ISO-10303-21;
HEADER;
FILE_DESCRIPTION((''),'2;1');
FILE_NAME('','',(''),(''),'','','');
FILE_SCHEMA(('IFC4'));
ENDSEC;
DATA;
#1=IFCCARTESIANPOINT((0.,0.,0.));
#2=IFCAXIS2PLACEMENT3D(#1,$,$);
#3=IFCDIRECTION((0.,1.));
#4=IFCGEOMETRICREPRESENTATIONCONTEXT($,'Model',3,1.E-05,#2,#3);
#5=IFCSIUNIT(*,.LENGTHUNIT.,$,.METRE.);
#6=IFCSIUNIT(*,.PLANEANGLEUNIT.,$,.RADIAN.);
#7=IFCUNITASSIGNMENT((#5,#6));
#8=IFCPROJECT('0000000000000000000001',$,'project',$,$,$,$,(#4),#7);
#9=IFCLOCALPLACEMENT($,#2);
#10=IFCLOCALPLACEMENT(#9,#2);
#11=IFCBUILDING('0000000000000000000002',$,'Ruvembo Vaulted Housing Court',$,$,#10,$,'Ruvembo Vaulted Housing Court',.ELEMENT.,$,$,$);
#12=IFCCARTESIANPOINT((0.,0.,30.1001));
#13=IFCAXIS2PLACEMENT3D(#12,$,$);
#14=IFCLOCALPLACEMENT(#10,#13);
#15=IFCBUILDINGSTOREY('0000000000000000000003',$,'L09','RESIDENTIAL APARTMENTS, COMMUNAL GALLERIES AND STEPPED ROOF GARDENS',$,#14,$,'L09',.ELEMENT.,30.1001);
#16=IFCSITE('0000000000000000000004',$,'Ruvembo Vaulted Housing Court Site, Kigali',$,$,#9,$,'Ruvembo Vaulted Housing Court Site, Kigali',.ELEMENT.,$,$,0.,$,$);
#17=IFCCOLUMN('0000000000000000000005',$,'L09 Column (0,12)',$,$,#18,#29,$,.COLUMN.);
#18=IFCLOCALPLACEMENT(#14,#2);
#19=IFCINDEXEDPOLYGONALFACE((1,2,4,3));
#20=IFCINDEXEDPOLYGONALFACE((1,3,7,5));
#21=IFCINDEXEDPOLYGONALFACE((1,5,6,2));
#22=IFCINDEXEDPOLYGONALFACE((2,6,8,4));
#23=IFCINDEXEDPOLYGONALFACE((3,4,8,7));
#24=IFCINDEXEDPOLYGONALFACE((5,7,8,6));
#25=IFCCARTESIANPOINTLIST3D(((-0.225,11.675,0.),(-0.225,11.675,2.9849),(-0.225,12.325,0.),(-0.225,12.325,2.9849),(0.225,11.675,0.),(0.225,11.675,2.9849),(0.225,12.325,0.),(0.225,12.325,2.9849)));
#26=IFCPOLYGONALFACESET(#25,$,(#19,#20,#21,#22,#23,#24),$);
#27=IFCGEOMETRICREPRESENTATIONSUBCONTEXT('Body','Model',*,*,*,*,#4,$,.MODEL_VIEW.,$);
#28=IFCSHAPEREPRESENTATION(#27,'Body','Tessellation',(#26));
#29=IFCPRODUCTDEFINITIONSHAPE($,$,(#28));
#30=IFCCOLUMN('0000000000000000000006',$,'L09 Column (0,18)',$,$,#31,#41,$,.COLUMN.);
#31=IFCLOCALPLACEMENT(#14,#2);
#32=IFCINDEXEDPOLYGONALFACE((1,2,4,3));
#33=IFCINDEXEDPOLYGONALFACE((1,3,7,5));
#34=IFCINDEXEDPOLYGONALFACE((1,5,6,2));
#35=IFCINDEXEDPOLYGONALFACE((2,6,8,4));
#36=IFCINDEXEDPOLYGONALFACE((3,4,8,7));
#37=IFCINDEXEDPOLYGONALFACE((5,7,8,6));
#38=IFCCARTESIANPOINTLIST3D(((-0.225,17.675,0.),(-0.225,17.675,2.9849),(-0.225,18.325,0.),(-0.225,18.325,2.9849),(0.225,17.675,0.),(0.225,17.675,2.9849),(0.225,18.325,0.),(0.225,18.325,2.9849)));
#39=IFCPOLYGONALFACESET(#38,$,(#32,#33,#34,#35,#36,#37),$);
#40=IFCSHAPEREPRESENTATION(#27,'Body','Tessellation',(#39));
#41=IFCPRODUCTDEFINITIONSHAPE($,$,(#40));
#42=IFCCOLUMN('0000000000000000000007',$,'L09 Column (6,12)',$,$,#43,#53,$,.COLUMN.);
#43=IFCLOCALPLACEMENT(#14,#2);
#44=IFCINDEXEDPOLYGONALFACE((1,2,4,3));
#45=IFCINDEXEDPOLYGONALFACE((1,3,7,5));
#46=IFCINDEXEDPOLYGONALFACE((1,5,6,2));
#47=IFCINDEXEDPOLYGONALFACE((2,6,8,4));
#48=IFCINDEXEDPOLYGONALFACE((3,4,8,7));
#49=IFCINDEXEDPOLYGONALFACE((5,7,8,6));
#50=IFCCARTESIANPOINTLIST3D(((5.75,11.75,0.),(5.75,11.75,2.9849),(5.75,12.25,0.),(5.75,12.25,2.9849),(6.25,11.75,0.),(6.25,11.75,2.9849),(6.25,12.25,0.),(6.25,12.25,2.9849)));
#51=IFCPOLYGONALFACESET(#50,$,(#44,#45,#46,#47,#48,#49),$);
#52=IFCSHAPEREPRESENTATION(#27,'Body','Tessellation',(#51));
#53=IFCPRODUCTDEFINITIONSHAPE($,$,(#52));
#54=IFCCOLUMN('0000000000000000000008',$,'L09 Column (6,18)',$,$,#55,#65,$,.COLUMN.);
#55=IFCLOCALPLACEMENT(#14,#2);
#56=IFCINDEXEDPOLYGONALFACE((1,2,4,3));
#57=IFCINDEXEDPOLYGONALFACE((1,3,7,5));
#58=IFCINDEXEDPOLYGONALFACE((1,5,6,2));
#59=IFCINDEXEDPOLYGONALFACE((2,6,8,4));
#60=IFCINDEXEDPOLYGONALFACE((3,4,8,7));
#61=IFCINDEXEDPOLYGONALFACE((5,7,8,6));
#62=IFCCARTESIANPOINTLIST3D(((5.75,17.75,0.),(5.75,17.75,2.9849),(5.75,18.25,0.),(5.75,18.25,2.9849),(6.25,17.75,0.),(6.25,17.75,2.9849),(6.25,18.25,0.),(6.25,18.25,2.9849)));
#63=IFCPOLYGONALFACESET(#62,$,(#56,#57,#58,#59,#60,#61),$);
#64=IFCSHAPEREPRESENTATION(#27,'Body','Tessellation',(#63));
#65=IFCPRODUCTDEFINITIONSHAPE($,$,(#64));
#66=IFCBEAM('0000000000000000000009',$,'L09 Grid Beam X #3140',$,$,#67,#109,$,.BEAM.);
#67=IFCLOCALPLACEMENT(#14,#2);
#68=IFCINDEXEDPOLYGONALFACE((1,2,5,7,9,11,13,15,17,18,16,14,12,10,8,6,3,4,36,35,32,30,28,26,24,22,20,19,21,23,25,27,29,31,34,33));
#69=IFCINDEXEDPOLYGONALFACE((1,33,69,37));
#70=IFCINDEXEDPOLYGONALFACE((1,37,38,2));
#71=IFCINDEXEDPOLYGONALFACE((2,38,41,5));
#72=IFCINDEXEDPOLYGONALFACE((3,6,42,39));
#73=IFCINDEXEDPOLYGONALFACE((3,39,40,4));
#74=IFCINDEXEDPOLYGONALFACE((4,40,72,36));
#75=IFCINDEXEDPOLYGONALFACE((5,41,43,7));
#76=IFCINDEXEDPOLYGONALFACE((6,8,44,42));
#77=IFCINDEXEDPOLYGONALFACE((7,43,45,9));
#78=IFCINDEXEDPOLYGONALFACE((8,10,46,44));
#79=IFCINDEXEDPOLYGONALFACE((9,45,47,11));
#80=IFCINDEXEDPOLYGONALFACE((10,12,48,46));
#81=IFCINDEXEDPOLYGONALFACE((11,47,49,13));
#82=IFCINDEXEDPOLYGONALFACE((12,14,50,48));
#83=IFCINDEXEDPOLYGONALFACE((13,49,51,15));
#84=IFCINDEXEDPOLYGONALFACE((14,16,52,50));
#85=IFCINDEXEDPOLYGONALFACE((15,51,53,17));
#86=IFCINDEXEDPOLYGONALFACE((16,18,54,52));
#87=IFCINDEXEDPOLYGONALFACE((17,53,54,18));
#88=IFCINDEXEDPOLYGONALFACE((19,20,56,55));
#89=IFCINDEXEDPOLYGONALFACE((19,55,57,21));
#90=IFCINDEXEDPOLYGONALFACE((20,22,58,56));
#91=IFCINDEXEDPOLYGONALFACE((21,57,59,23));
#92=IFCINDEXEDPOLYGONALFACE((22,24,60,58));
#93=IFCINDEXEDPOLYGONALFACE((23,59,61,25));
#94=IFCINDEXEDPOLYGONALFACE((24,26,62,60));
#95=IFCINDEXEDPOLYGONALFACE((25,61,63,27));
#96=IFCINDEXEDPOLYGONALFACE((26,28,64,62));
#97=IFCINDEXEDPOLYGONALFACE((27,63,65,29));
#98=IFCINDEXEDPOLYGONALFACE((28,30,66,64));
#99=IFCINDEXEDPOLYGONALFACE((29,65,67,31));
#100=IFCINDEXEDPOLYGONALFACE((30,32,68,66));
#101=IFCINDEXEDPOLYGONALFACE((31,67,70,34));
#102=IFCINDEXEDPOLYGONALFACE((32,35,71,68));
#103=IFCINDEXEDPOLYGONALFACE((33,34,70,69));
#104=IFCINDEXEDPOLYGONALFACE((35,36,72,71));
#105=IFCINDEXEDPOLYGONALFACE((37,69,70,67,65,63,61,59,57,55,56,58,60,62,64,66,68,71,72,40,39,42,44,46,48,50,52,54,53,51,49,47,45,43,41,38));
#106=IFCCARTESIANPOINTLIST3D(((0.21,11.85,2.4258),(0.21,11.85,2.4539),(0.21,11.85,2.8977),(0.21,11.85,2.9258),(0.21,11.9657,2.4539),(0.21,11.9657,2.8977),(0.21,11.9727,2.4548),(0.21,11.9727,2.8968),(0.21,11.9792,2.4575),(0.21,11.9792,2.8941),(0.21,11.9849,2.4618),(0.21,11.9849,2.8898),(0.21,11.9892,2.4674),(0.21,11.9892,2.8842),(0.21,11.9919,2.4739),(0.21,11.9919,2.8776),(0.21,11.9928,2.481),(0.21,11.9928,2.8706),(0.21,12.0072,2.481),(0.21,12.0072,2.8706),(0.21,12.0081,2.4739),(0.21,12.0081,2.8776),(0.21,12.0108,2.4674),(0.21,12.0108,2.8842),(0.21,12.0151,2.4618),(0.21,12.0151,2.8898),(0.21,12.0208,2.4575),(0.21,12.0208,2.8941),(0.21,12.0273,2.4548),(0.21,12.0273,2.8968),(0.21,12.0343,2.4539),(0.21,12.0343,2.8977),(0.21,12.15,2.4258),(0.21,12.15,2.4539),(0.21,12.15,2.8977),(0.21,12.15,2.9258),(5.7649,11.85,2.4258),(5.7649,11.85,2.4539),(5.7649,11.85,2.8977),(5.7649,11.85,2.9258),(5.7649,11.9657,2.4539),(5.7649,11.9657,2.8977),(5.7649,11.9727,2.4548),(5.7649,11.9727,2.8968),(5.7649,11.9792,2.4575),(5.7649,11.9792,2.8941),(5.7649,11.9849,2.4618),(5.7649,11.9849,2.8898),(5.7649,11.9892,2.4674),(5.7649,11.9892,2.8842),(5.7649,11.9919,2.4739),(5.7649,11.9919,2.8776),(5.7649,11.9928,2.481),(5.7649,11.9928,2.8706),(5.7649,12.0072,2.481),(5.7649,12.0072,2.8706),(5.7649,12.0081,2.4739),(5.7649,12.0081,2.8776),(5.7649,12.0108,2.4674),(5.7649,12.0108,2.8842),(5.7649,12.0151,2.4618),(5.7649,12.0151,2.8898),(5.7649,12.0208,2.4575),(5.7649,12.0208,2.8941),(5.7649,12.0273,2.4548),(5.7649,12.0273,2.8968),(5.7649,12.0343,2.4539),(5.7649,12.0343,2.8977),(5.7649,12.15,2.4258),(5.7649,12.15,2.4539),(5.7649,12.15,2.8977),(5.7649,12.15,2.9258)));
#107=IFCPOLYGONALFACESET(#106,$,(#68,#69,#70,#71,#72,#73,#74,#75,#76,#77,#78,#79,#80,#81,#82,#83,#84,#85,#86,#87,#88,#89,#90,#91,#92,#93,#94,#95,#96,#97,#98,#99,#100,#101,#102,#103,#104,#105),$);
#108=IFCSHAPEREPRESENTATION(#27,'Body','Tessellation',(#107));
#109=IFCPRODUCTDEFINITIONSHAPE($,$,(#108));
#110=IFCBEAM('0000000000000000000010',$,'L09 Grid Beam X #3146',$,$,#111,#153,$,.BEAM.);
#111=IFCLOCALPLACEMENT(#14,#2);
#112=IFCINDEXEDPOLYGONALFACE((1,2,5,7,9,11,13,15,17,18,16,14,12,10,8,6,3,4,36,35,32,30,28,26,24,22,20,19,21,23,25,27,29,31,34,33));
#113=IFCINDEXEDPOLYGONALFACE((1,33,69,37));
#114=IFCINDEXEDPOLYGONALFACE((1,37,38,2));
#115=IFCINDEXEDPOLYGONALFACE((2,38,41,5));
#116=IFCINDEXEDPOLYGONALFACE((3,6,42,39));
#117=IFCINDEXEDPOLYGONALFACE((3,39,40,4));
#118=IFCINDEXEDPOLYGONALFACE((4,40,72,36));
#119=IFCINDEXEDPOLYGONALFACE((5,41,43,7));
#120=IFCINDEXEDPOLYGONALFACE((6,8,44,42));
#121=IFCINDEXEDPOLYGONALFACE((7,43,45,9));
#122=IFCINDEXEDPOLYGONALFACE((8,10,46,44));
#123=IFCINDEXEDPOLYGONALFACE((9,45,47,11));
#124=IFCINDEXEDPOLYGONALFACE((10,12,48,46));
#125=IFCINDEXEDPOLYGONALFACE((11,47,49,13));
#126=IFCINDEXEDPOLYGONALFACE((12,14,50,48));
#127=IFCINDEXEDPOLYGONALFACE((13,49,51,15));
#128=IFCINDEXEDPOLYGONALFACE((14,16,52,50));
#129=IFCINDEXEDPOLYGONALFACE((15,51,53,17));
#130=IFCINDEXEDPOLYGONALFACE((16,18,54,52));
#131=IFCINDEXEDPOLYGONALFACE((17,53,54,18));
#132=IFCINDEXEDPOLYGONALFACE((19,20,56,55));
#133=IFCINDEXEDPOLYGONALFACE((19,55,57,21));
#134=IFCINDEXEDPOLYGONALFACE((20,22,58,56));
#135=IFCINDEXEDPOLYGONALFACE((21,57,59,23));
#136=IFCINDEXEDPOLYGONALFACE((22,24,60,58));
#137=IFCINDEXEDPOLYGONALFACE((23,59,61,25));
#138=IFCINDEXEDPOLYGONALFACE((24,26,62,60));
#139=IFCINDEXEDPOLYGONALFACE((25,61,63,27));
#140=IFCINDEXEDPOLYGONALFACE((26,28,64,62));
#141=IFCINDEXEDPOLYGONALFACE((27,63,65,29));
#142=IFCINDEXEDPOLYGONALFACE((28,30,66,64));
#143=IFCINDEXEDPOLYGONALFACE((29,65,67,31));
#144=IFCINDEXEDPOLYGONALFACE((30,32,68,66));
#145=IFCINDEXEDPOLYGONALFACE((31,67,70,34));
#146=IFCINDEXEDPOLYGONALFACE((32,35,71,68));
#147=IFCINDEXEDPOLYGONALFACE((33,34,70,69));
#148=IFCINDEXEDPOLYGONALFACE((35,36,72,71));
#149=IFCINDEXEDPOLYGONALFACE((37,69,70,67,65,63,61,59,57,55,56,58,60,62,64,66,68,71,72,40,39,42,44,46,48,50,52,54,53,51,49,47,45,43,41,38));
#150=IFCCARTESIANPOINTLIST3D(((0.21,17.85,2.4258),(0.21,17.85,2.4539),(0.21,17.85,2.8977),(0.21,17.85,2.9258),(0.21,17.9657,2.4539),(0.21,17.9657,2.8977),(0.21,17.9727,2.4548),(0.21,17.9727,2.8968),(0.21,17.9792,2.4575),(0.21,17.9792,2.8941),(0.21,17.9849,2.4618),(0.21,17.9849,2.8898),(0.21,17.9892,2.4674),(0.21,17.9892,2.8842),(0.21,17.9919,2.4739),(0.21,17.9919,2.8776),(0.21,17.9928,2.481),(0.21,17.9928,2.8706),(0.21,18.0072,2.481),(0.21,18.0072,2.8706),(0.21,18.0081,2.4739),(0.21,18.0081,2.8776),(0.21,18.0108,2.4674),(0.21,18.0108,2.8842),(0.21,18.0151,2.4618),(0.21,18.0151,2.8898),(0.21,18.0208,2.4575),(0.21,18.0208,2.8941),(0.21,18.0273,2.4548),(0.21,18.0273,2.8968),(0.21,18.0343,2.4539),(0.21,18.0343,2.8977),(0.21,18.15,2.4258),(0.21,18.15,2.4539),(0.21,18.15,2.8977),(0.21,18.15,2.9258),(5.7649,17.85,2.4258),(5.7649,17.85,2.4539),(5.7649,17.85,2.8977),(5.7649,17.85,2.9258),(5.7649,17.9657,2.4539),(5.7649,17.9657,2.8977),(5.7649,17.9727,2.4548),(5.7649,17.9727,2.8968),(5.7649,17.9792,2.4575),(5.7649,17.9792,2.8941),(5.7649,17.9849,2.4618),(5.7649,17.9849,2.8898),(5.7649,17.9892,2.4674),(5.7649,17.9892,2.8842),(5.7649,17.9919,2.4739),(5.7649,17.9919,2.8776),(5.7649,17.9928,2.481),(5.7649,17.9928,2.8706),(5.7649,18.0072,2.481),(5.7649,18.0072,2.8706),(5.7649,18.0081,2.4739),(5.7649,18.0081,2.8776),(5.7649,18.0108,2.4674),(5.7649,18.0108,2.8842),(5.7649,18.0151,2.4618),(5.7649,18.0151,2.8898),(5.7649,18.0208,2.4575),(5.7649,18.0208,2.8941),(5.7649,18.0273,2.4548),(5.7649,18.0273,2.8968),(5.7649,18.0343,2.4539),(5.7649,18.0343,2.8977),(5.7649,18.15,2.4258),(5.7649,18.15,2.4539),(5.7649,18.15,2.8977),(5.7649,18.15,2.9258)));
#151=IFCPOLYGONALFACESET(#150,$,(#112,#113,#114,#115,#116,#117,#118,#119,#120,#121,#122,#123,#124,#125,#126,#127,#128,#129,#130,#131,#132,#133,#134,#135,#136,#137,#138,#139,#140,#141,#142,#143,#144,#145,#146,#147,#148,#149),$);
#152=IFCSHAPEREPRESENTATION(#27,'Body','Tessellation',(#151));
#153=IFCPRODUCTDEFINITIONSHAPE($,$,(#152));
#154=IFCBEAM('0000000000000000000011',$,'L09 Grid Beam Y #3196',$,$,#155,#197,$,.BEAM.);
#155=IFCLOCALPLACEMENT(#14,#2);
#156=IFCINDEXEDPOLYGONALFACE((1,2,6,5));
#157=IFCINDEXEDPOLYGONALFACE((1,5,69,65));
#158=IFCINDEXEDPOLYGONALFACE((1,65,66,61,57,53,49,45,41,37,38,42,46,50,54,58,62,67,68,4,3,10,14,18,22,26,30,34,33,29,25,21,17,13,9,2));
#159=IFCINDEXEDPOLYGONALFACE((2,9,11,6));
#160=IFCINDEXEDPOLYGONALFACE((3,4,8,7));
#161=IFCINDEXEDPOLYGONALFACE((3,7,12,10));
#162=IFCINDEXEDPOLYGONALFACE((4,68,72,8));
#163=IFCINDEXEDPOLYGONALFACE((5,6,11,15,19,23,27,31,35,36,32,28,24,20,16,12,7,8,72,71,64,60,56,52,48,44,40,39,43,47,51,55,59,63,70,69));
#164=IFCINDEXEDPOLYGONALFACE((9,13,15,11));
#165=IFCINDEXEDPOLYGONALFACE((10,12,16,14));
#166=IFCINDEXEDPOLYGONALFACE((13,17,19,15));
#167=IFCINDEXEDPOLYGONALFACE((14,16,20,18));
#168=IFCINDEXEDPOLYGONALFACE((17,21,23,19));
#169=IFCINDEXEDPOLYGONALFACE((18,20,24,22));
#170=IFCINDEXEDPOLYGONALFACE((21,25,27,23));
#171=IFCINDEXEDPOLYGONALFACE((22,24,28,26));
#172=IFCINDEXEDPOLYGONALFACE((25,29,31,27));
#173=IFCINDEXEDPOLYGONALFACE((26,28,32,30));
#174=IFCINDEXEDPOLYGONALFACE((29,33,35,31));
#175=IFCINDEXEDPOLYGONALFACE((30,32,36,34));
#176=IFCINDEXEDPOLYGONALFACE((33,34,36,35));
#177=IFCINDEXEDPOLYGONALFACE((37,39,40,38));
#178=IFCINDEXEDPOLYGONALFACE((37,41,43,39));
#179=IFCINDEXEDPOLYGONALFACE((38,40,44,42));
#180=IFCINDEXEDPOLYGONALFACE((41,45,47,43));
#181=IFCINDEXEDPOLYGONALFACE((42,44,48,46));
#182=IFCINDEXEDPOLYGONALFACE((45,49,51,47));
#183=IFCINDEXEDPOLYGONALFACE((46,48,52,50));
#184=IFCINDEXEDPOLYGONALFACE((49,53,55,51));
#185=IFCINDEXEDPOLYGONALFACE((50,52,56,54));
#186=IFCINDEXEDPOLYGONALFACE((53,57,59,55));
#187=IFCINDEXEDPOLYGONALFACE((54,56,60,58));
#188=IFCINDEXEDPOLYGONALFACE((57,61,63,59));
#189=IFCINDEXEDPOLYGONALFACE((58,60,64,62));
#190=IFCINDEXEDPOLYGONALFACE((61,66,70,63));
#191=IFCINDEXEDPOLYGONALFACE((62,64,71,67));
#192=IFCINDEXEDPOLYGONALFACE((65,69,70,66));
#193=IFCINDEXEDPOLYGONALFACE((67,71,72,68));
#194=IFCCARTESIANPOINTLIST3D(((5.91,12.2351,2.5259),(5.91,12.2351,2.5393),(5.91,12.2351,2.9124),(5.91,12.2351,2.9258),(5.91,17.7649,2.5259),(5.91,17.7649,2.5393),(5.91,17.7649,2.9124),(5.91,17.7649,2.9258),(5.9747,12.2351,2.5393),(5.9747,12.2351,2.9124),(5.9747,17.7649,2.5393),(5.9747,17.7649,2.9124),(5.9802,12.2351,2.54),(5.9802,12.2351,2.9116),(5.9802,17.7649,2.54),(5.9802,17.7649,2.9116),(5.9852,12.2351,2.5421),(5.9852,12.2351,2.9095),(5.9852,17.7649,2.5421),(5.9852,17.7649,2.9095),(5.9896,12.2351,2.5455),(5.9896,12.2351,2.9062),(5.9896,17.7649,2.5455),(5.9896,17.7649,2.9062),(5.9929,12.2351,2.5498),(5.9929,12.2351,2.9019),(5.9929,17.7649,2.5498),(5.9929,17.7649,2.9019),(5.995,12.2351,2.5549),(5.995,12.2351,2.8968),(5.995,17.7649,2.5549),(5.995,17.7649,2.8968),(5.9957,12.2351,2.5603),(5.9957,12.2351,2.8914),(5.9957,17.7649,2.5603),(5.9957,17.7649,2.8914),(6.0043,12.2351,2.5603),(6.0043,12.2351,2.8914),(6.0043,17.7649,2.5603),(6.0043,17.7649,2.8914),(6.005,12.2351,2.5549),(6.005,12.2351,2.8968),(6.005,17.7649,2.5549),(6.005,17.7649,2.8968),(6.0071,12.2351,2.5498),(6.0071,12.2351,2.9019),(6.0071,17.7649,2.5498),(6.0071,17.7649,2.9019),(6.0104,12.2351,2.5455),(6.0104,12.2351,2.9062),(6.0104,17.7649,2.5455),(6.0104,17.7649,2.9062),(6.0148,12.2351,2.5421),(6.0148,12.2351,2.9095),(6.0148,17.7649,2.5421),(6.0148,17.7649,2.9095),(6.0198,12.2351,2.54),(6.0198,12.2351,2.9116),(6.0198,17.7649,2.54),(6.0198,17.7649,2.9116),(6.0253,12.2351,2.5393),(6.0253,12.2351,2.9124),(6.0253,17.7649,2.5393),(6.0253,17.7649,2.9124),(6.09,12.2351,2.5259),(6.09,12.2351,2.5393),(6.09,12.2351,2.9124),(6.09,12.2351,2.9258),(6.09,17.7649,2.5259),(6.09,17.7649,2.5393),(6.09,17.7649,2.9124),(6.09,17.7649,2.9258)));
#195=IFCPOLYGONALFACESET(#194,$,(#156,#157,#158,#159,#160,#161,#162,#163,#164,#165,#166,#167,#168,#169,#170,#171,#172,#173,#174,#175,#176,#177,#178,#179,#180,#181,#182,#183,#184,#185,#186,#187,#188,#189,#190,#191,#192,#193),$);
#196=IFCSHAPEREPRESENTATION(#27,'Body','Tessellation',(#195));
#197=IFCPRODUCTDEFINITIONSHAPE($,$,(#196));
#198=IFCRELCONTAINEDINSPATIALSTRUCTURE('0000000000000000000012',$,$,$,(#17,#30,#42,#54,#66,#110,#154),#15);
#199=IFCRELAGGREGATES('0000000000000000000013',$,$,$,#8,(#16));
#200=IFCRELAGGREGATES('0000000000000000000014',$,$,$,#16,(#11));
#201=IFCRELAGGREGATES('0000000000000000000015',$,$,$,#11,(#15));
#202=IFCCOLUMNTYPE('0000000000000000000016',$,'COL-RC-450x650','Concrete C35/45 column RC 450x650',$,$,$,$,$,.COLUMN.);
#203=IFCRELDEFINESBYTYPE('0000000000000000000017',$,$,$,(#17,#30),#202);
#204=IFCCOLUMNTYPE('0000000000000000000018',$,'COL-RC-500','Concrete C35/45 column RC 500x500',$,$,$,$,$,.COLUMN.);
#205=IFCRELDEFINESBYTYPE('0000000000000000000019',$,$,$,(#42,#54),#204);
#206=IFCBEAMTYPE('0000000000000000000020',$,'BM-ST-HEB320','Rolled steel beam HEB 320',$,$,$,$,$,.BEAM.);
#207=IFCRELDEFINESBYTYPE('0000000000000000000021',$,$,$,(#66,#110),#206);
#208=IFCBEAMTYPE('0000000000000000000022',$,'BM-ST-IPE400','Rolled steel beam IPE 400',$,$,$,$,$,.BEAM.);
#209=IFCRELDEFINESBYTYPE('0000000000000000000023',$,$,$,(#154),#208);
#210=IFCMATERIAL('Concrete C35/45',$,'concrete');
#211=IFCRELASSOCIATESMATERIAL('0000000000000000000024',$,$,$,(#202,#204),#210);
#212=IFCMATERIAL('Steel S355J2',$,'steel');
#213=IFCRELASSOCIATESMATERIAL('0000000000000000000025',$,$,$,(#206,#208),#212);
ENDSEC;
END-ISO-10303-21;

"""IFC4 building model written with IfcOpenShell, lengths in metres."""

from ifc_helpers import new_model, si_unit, direction, frame, origin, origin_2d, place, context, subcontext, project, spatial, rectangle, i_section, extrude, material, material_profile, profile_set, type_object, element, save


model = new_model("IFC4")

# Units and contexts
model_context = context("Model", 3, precision=1e-05, world=origin(), true_north=direction((0.0, 1.0)))
body_context = subcontext(model_context, "Body", "Model", "MODEL_VIEW")
ifc_project = project(units=[si_unit("LENGTHUNIT", "METRE"), si_unit("PLANEANGLEUNIT", "RADIAN")], contexts=[model_context])

# Site, building, storey
site_placement = place(None, origin())
site = spatial("IfcSite", under=ifc_project, at=site_placement, Name="Ruvembo Vaulted Housing Court Site, Kigali", LongName="Ruvembo Vaulted Housing Court Site, Kigali", CompositionType="ELEMENT", RefElevation=0.0)
building_placement = place(site_placement, origin())
building = spatial("IfcBuilding", under=site, at=building_placement, Name="Ruvembo Vaulted Housing Court", LongName="Ruvembo Vaulted Housing Court", CompositionType="ELEMENT")
storey_placement = place(building_placement, frame((0.0, 0.0, 30.1001)))
storey = spatial("IfcBuildingStorey", under=building, at=storey_placement, Name="L09", Description="RESIDENTIAL APARTMENTS, COMMUNAL GALLERIES AND STEPPED ROOF GARDENS", LongName="L09", CompositionType="ELEMENT", Elevation=30.1001)

# Columns
ifc_material_1 = material(Name="Concrete C35/45", Category="concrete")
ifc_material_profile_1 = material_profile(ifc_material_1, rectangle(XDim=0.45, YDim=0.6499, at=origin_2d()), Name="RC 450x650")
ifc_profile_set_1 = profile_set([ifc_material_profile_1], Name="Concrete C35/45")
column_type_1 = type_object("IfcColumnType", Name="COL-RC-450x650", Description="Concrete C35/45 column RC 450x650", PredefinedType="COLUMN", material=ifc_profile_set_1)
for number, where, z_axis, x_axis, name in (
    (1, (0.0, 12.0, 0.0), (0.0, 0.0, 1.0), (1.0, 0.0, 0.0), "L09 Column (0,12)"),
    (2, (0.0, 18.0, 0.0), (0.0, 0.0, 1.0), (1.0, 0.0, 0.0), "L09 Column (0,18)"),
):
    element("IfcColumn", number, at=place(storey_placement, frame(where, z_axis=z_axis, x_axis=x_axis)), inside=storey, type_object=column_type_1, Name=name, PredefinedType="COLUMN", context=body_context, shape_type="SweptSolid", body=[
        extrude(rectangle(XDim=0.45, YDim=0.6499, at=origin_2d()), origin(), (0.0, 0.0, 1.0), 2.9849),
    ])
ifc_material_profile_2 = material_profile(ifc_material_1, rectangle(XDim=0.5, YDim=0.5, at=origin_2d()), Name="RC 500x500")
ifc_profile_set_2 = profile_set([ifc_material_profile_2], Name="Concrete C35/45")
column_type_2 = type_object("IfcColumnType", Name="COL-RC-500", Description="Concrete C35/45 column RC 500x500", PredefinedType="COLUMN", material=ifc_profile_set_2)
for number, where, z_axis, x_axis, name in (
    (3, (6.0, 12.0, 0.0), (0.0, 0.0, 1.0), (1.0, 0.0, 0.0), "L09 Column (6,12)"),
    (4, (6.0, 18.0, 0.0), (0.0, 0.0, 1.0), (1.0, 0.0, 0.0), "L09 Column (6,18)"),
):
    element("IfcColumn", number, at=place(storey_placement, frame(where, z_axis=z_axis, x_axis=x_axis)), inside=storey, type_object=column_type_2, Name=name, PredefinedType="COLUMN", context=body_context, shape_type="SweptSolid", body=[
        extrude(rectangle(XDim=0.5, YDim=0.5, at=origin_2d()), origin(), (0.0, 0.0, 1.0), 2.9849),
    ])

# Beams
ifc_material_2 = material(Name="Steel S355J2", Category="steel")
ifc_material_profile_3 = material_profile(ifc_material_2, i_section(OverallWidth=0.3, OverallDepth=0.5, WebThickness=0.0144, FlangeThickness=0.0281, FilletRadius=0.0271, at=origin_2d()), Name="HEB 320")
ifc_profile_set_3 = profile_set([ifc_material_profile_3], Name="Steel S355J2")
beam_type_1 = type_object("IfcBeamType", Name="BM-ST-HEB320", Description="Rolled steel beam HEB 320", PredefinedType="BEAM", material=ifc_profile_set_3)
for number, where, z_axis, x_axis, name in (
    (5, (0.21, 12.0, 2.6758), (1.0, 0.0, 0.0), (0.0, 1.0, 0.0), "L09 Grid Beam X #3140"),
    (6, (0.21, 18.0, 2.6758), (1.0, 0.0, 0.0), (0.0, 1.0, 0.0), "L09 Grid Beam X #3146"),
):
    element("IfcBeam", number, at=place(storey_placement, frame(where, z_axis=z_axis, x_axis=x_axis)), inside=storey, type_object=beam_type_1, Name=name, PredefinedType="BEAM", context=body_context, shape_type="SweptSolid", body=[
        extrude(i_section(OverallWidth=0.3, OverallDepth=0.5, WebThickness=0.0144, FlangeThickness=0.0281, FilletRadius=0.0271, at=origin_2d()), origin(), (0.0, 0.0, 1.0), 5.5549),
    ])
ifc_material_profile_4 = material_profile(ifc_material_2, i_section(OverallWidth=0.1799, OverallDepth=0.3999, WebThickness=0.0085, FlangeThickness=0.0134, FilletRadius=0.021, at=origin_2d()), Name="IPE 400")
ifc_profile_set_4 = profile_set([ifc_material_profile_4], Name="Steel S355J2")
beam_type_2 = type_object("IfcBeamType", Name="BM-ST-IPE400", Description="Rolled steel beam IPE 400", PredefinedType="BEAM", material=ifc_profile_set_4)
beam_1_placement = place(storey_placement, frame((6.0, 12.2351, 2.7258), z_axis=(0.0, 1.0, 0.0), x_axis=(-1.0, 0.0, 0.0)))
element("IfcBeam", 7, at=beam_1_placement, inside=storey, type_object=beam_type_2, Name="L09 Grid Beam Y #3196", PredefinedType="BEAM", context=body_context, shape_type="SweptSolid", body=[
    extrude(i_section(OverallWidth=0.1799, OverallDepth=0.3999, WebThickness=0.0085, FlangeThickness=0.0134, FilletRadius=0.021, at=origin_2d()), origin(), (0.0, 0.0, 1.0), 5.5298),
])

save(model, "model.ifc")
